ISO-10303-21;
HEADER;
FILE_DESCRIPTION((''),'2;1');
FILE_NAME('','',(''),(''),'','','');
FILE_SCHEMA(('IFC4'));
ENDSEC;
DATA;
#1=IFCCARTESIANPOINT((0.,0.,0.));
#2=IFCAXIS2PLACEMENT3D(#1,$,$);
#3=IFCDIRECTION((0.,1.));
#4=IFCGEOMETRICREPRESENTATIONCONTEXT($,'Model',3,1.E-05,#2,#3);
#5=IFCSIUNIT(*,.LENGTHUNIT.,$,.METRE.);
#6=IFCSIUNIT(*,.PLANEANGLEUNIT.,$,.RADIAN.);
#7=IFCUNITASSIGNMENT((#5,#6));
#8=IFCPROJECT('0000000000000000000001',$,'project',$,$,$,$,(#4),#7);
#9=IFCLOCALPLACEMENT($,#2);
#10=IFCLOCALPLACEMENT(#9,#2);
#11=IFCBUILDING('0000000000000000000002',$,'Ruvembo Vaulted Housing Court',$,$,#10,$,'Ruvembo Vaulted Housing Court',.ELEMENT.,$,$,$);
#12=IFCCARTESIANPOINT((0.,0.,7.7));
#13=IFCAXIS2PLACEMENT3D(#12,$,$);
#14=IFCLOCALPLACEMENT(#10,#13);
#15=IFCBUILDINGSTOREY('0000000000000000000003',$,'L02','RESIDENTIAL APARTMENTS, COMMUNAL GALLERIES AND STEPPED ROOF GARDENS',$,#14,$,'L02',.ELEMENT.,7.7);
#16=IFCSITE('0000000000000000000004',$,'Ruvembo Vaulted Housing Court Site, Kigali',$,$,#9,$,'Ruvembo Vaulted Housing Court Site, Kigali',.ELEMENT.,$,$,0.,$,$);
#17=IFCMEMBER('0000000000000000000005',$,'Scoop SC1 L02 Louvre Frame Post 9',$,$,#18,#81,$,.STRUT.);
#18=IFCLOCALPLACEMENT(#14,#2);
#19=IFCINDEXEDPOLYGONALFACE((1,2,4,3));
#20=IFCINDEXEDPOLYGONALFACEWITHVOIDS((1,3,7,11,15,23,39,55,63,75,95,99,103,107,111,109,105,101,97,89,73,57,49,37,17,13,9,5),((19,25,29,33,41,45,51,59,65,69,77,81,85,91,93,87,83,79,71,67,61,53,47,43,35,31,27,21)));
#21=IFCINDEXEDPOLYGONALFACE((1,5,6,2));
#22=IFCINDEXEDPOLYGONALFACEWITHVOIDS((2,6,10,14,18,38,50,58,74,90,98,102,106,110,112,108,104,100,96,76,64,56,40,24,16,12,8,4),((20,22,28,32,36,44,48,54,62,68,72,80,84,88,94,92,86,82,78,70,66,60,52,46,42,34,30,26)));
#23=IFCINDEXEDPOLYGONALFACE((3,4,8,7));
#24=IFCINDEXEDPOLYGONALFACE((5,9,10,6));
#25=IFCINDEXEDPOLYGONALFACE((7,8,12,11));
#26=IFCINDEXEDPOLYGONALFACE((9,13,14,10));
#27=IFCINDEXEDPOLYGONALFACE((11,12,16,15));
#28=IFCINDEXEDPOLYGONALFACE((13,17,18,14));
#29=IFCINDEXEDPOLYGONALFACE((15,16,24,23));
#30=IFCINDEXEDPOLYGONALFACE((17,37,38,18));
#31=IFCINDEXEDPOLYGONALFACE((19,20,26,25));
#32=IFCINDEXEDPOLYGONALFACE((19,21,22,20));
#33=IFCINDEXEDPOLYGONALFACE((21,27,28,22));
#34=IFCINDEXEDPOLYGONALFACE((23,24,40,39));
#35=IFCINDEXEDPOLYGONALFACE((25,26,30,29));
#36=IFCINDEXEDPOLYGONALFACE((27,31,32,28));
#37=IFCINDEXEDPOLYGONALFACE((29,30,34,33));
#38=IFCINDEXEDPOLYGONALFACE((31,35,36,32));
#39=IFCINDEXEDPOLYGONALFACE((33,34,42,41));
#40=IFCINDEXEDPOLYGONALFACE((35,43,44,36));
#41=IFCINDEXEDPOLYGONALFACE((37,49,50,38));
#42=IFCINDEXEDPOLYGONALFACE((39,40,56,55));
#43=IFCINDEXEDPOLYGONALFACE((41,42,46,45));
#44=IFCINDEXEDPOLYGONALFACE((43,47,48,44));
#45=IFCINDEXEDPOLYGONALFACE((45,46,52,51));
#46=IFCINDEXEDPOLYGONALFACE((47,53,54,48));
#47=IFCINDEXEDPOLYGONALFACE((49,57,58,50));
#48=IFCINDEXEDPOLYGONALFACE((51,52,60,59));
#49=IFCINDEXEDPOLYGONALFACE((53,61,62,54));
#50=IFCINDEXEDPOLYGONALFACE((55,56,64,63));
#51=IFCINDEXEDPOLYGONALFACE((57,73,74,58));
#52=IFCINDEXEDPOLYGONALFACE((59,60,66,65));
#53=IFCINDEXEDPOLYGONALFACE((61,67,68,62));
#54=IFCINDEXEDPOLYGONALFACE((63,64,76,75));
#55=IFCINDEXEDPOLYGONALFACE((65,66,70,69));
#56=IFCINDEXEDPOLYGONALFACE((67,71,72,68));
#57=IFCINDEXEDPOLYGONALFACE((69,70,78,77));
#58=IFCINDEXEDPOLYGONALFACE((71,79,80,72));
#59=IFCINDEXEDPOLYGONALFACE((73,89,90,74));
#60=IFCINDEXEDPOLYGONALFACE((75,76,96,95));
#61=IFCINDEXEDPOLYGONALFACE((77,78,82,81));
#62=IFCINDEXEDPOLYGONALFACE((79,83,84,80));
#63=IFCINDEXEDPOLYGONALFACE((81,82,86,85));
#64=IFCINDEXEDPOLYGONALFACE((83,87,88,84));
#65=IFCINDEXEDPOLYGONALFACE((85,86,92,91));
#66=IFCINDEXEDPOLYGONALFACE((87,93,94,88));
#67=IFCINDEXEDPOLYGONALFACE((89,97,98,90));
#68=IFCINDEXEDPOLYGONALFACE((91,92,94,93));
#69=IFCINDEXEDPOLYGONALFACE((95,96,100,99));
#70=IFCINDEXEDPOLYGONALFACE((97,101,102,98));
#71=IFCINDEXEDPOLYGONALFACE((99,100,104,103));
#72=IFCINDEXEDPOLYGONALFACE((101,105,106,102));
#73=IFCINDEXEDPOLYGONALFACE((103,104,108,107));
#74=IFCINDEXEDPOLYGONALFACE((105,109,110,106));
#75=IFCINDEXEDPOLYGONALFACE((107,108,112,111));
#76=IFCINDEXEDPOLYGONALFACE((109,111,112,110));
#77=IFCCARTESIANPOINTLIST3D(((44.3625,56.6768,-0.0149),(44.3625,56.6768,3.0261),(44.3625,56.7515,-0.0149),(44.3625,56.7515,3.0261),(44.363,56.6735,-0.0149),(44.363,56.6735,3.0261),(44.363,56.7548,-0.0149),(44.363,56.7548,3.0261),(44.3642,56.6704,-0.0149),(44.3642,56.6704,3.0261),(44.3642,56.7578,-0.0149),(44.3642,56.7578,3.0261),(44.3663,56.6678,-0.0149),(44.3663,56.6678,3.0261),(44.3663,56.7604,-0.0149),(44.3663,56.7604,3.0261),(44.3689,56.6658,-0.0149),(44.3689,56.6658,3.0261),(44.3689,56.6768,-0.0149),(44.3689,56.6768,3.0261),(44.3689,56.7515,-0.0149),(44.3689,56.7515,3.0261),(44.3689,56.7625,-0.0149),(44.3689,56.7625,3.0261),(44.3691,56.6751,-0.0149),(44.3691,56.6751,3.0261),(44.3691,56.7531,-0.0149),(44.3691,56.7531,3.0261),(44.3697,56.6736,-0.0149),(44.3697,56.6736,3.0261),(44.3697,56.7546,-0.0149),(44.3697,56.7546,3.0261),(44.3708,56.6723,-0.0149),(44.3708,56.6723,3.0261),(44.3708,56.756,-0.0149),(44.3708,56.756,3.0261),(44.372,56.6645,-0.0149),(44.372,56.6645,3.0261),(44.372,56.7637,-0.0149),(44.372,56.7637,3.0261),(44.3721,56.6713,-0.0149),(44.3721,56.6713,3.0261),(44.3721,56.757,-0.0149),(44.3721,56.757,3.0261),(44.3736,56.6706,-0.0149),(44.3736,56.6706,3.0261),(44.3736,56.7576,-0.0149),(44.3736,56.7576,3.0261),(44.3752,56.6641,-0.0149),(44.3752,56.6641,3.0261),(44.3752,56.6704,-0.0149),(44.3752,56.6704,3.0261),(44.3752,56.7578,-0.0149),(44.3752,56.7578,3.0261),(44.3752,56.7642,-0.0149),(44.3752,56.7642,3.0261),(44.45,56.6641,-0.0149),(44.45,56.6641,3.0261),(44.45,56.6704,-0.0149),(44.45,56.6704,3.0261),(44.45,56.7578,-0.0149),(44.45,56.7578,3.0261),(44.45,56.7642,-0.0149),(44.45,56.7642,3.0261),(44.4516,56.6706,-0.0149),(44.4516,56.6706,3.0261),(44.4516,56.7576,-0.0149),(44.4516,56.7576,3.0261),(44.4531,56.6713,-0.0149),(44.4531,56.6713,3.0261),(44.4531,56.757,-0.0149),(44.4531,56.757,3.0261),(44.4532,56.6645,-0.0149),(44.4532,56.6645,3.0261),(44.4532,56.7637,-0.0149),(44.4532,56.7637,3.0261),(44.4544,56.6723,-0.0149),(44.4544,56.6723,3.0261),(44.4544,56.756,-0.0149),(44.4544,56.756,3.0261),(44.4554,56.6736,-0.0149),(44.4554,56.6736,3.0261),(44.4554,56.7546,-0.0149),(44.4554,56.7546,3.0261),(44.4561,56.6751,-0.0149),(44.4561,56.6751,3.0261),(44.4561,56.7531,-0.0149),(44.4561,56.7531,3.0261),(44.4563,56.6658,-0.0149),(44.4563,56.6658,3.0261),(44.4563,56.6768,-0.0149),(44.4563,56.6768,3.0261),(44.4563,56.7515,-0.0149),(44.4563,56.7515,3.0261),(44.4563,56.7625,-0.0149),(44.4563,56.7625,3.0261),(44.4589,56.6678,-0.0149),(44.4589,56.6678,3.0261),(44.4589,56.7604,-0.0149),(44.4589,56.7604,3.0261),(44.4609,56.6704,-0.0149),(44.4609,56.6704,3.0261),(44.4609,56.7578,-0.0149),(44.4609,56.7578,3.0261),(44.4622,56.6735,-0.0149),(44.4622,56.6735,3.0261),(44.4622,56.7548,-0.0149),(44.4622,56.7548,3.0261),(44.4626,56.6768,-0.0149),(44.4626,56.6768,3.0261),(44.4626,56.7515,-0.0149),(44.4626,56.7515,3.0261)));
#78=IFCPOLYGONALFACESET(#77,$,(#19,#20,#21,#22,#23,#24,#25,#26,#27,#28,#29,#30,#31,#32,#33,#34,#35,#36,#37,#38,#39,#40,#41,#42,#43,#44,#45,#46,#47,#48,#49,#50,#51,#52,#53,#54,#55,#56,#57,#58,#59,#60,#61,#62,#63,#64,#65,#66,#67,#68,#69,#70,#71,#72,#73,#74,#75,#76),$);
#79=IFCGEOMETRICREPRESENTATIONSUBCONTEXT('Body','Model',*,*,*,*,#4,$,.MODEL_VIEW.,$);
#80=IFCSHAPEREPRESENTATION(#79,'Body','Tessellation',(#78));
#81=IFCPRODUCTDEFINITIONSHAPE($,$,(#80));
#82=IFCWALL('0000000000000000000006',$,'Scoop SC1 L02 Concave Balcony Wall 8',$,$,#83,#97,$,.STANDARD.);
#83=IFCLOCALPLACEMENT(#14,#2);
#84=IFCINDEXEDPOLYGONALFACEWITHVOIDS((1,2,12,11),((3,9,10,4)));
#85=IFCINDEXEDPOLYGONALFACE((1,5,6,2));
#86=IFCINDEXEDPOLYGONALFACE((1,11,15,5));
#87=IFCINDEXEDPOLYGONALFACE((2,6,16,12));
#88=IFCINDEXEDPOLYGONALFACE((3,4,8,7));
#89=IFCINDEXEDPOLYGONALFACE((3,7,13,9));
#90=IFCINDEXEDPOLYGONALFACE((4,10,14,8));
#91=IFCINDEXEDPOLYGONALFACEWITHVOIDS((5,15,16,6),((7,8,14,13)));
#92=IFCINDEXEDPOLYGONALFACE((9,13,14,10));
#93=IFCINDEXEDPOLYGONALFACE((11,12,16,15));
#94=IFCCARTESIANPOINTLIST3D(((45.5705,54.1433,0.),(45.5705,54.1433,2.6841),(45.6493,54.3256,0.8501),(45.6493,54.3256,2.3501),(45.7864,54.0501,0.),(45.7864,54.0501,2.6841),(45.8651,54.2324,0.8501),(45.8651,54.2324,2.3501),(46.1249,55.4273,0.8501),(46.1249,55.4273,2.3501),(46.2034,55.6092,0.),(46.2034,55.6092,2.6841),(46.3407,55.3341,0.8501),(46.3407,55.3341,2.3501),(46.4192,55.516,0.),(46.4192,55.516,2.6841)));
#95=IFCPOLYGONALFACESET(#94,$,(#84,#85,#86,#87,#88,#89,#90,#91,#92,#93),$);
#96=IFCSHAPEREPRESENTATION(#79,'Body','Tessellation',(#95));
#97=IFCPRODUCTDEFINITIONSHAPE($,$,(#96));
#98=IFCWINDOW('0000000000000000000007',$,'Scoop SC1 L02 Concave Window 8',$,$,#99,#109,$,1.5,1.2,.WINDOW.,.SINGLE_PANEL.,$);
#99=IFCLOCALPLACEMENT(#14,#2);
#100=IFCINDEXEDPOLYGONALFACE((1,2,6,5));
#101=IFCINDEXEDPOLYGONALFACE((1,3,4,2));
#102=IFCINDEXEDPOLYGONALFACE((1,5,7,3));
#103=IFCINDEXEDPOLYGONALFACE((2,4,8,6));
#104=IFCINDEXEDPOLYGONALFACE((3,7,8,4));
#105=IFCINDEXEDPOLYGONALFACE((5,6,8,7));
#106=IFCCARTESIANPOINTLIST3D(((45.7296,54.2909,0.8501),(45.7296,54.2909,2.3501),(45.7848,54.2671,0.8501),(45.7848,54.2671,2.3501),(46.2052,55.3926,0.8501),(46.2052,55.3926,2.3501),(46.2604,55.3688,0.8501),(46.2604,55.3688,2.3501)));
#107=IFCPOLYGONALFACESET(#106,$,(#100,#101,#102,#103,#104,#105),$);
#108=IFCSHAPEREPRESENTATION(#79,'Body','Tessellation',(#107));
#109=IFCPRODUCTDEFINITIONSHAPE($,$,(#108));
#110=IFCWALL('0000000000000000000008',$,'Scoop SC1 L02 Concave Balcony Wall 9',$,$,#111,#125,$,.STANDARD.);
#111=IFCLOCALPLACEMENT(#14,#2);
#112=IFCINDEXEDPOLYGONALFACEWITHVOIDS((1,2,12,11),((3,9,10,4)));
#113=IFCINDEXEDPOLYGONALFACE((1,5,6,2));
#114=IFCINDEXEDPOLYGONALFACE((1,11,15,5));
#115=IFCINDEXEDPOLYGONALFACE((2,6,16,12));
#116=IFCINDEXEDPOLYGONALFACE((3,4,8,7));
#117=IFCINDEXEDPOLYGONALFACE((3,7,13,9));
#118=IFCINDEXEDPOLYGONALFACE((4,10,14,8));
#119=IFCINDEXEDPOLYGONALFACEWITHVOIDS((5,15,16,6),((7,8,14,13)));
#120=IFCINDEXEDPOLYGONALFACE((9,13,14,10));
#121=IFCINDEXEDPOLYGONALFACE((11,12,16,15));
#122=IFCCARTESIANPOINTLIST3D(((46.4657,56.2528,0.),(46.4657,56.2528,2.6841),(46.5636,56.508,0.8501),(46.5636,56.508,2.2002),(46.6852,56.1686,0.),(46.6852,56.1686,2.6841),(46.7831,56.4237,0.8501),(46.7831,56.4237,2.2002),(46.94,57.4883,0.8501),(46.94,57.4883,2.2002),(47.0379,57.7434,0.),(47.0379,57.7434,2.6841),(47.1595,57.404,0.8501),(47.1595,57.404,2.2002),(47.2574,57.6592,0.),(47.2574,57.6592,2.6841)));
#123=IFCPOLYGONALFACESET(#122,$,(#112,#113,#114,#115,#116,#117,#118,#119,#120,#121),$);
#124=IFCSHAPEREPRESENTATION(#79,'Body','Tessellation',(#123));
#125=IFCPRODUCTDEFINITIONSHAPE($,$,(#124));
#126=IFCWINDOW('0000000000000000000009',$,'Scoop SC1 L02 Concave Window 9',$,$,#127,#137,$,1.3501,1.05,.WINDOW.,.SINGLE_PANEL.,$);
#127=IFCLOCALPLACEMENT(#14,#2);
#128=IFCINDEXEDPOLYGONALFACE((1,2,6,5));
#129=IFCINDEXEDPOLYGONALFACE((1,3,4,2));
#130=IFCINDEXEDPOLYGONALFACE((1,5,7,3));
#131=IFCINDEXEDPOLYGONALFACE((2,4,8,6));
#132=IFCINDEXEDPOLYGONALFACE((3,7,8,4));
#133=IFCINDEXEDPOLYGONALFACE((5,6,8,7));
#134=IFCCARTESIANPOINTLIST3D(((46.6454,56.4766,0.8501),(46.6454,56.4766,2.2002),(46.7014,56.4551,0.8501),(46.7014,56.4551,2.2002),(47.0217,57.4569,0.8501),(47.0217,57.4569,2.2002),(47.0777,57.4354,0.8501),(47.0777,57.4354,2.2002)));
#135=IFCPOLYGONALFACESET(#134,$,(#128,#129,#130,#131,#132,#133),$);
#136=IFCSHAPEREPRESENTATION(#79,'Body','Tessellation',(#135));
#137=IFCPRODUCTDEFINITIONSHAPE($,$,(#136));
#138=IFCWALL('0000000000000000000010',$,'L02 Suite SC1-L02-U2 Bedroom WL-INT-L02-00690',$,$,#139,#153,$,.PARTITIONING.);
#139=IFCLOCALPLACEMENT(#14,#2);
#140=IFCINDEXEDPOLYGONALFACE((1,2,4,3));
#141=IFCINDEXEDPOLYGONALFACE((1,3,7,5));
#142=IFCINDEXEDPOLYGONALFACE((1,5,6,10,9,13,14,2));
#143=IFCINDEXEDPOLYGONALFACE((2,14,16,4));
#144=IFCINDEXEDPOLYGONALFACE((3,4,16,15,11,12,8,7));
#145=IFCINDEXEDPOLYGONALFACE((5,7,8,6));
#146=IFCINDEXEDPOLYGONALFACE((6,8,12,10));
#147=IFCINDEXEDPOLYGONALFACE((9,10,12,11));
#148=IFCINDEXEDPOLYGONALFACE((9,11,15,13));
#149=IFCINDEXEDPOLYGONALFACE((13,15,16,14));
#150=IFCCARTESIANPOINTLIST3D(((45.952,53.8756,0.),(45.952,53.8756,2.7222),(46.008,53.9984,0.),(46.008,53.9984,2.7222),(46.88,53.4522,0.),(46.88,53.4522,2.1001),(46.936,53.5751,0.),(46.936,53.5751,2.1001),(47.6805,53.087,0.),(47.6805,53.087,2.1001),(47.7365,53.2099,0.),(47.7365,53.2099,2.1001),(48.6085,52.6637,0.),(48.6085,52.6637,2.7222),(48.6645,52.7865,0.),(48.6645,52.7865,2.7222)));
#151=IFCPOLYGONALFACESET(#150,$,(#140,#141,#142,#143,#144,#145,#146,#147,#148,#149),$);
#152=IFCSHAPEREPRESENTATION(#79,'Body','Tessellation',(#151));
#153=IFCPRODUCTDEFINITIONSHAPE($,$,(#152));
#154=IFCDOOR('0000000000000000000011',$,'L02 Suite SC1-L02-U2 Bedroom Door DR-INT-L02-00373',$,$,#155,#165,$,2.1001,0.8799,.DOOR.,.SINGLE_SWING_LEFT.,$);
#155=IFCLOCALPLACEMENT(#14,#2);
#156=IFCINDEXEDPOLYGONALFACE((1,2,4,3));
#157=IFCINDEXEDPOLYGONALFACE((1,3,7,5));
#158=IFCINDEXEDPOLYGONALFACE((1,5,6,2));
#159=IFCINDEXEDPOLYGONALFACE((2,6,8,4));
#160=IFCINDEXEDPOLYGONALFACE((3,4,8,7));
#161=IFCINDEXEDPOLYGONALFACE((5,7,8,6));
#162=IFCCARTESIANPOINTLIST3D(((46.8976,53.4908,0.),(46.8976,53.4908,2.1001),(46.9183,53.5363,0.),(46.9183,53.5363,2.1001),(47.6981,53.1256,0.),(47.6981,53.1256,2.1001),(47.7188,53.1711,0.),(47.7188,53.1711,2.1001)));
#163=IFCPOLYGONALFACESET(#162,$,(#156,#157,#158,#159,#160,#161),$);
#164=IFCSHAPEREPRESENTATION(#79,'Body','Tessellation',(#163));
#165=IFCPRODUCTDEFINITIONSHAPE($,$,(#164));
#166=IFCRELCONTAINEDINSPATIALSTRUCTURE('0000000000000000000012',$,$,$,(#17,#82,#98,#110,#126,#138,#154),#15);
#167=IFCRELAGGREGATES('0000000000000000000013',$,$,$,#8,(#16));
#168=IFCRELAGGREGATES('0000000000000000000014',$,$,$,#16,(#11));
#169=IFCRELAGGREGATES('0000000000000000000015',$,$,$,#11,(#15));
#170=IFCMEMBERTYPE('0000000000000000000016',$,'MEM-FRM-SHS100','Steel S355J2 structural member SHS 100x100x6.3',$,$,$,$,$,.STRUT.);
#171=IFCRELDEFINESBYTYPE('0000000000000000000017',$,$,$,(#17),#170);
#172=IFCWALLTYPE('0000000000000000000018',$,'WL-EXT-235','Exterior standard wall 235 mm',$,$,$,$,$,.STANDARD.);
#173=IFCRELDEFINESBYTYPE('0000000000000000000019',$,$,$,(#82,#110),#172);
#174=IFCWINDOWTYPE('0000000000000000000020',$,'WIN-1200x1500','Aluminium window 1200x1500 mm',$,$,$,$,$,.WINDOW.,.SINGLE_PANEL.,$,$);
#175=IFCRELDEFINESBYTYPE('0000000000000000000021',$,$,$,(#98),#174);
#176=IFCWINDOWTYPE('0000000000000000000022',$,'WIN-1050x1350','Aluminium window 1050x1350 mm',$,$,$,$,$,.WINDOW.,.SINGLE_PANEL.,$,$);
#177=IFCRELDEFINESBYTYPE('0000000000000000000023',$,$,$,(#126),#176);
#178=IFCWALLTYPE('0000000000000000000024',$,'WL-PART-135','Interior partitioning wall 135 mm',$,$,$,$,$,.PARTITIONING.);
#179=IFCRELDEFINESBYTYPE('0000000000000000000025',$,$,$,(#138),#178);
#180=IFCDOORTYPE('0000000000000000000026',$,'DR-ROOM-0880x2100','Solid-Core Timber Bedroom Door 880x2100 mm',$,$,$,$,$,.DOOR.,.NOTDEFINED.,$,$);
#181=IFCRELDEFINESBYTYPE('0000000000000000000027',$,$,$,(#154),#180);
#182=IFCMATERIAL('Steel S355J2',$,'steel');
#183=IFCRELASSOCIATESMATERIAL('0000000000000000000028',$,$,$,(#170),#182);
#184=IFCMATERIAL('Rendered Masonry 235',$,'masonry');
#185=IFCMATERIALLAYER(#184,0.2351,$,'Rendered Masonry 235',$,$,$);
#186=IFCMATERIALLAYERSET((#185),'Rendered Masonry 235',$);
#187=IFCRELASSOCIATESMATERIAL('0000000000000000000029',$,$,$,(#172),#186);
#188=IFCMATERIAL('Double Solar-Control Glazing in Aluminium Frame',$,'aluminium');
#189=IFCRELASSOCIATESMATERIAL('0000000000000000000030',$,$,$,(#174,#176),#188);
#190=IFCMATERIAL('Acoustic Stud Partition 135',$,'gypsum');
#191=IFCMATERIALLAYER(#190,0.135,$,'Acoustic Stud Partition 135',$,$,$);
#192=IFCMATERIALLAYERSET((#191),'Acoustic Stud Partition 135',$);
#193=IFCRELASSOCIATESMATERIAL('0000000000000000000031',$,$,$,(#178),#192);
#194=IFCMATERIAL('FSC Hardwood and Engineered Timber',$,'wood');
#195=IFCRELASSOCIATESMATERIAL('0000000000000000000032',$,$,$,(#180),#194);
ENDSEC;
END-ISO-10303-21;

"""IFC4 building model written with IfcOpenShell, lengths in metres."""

from ifc_helpers import new_model, si_unit, direction, frame, frame_2d, origin, origin_2d, place, context, subcontext, project, spatial, rectangle, hollow_rectangle, extrude, material, layer, layer_set, material_profile, profile_set, type_object, element, fill, save


model = new_model("IFC4")

# Units and contexts
model_context = context("Model", 3, precision=1e-05, world=origin(), true_north=direction((0.0, 1.0)))
body_context = subcontext(model_context, "Body", "Model", "MODEL_VIEW")
ifc_project = project(units=[si_unit("LENGTHUNIT", "METRE"), si_unit("PLANEANGLEUNIT", "RADIAN")], contexts=[model_context])

# Site, building, storey
site_placement = place(None, origin())
site = spatial("IfcSite", under=ifc_project, at=site_placement, Name="Ruvembo Vaulted Housing Court Site, Kigali", LongName="Ruvembo Vaulted Housing Court Site, Kigali", CompositionType="ELEMENT", RefElevation=0.0)
building_placement = place(site_placement, origin())
building = spatial("IfcBuilding", under=site, at=building_placement, Name="Ruvembo Vaulted Housing Court", LongName="Ruvembo Vaulted Housing Court", CompositionType="ELEMENT")
storey_placement = place(building_placement, frame((0.0, 0.0, 7.7)))
storey = spatial("IfcBuildingStorey", under=building, at=storey_placement, Name="L02", Description="RESIDENTIAL APARTMENTS, COMMUNAL GALLERIES AND STEPPED ROOF GARDENS", LongName="L02", CompositionType="ELEMENT", Elevation=7.7)

# Shared definitions
ifc_material_1 = material(Name="Steel S355J2", Category="steel")

# Member
ifc_material_profile_1 = material_profile(ifc_material_1, hollow_rectangle(XDim=0.1001, YDim=0.1001, WallThickness=0.0063, InnerFilletRadius=0.0063, OuterFilletRadius=0.0127, at=origin_2d()), Name="SHS 100x100x6.3")
ifc_profile_set_1 = profile_set([ifc_material_profile_1], Name="Steel S355J2")
member_type_1 = type_object("IfcMemberType", Name="MEM-FRM-SHS100", Description="Steel S355J2 structural member SHS 100x100x6.3", PredefinedType="STRUT", material=ifc_profile_set_1)
for number, where, z_axis, x_axis, name in (
    (1, (44.4126, 56.7141, -0.0149), (0.0, 0.0, 1.0), (1.0, 0.0, 0.0), "Scoop SC1 L02 Louvre Frame Post 9"),
):
    element("IfcMember", number, at=place(storey_placement, frame(where, z_axis=z_axis, x_axis=x_axis)), inside=storey, type_object=member_type_1, Name=name, PredefinedType="STRUT", context=body_context, shape_type="SweptSolid", body=[
        extrude(hollow_rectangle(XDim=0.1001, YDim=0.1001, WallThickness=0.0063, InnerFilletRadius=0.0063, OuterFilletRadius=0.0127, at=origin_2d()), origin(), (0.0, 0.0, 1.0), 3.041),
    ])

# Walls, openings, windows
ifc_material_2 = material(Name="Rendered Masonry 235", Category="masonry")
ifc_layer_1 = layer(ifc_material_2, 0.2351, Name="Rendered Masonry 235")
ifc_layer_set_1 = layer_set([ifc_layer_1], Name="Rendered Masonry 235")
wall_type_1 = type_object("IfcWallType", Name="WL-EXT-235", Description="Exterior standard wall 235 mm", PredefinedType="STANDARD", material=ifc_layer_set_1)
wall_1_placement = place(storey_placement, frame((45.6785, 54.0967, 0.0), z_axis=(0.0, 0.0, 1.0), x_axis=(0.396354, 0.918098, 0.0)))
wall_1 = element("IfcWall", 2, at=wall_1_placement, inside=storey, type_object=wall_type_1, Name="Scoop SC1 L02 Concave Balcony Wall 8", PredefinedType="STANDARD", context=body_context, shape_type="SweptSolid", body=[
    extrude(rectangle(XDim=1.5967, YDim=0.2351, at=frame_2d((0.7983, 0.0))), origin(), (0.0, 0.0, 1.0), 2.6841),
])
opening_1_placement = place(wall_1_placement, frame((0.1985, 0.0, 0.8501)))
opening_1 = element("IfcOpeningElement", 3, at=opening_1_placement, cuts=wall_1, PredefinedType="OPENING", context=body_context, shape_type="SweptSolid", body=[
    extrude(rectangle(XDim=1.2, YDim=1.5, at=frame_2d((0.6001, 0.75))), frame((0.0, 0.1274, 0.0), z_axis=(0.0, -1.0, 0.0), x_axis=(1.0, 0.0, 0.0)), (0.0, 0.0, 1.0), 0.2551),
])
ifc_material_3 = material(Name="Double Solar-Control Glazing in Aluminium Frame", Category="aluminium")
window_type_1 = type_object("IfcWindowType", Name="WIN-1200x1500", Description="Aluminium window 1200x1500 mm", PartitioningType="SINGLE_PANEL", PredefinedType="WINDOW", material=ifc_material_3)
window_1_placement = place(opening_1_placement, origin())
window_1 = element("IfcWindow", 4, at=window_1_placement, inside=storey, type_object=window_type_1, Name="Scoop SC1 L02 Concave Window 8", OverallHeight=1.5, OverallWidth=1.2, PartitioningType="SINGLE_PANEL", PredefinedType="WINDOW", context=body_context, shape_type="SweptSolid", body=[
    extrude(rectangle(XDim=1.2, YDim=1.5, at=frame_2d((0.6001, 0.75))), frame((0.0, 0.03, 0.0), z_axis=(0.0, -1.0, 0.0), x_axis=(1.0, 0.0, 0.0)), (0.0, 0.0, 1.0), 0.0601),
])
fill(opening_1, window_1)
wall_2_placement = place(storey_placement, frame((46.5754, 56.2107, 0.0), z_axis=(0.0, 0.0, 1.0), x_axis=(0.358385, 0.933574, 0.0)))
wall_2 = element("IfcWall", 5, at=wall_2_placement, inside=storey, type_object=wall_type_1, Name="Scoop SC1 L02 Concave Balcony Wall 9", PredefinedType="STANDARD", context=body_context, shape_type="SweptSolid", body=[
    extrude(rectangle(XDim=1.5967, YDim=0.2351, at=frame_2d((0.7983, 0.0))), origin(), (0.0, 0.0, 1.0), 2.6841),
])
opening_2_placement = place(wall_2_placement, frame((0.2734, 0.0, 0.8501)))
opening_2 = element("IfcOpeningElement", 6, at=opening_2_placement, cuts=wall_2, PredefinedType="OPENING", context=body_context, shape_type="SweptSolid", body=[
    extrude(rectangle(XDim=1.05, YDim=1.3501, at=frame_2d((0.5249, 0.675))), frame((0.0, 0.1274, 0.0), z_axis=(0.0, -1.0, 0.0), x_axis=(1.0, 0.0, 0.0)), (0.0, 0.0, 1.0), 0.2551),
])
window_type_2 = type_object("IfcWindowType", Name="WIN-1050x1350", Description="Aluminium window 1050x1350 mm", PartitioningType="SINGLE_PANEL", PredefinedType="WINDOW", material=ifc_material_3)
window_2_placement = place(opening_2_placement, origin())
window_2 = element("IfcWindow", 7, at=window_2_placement, inside=storey, type_object=window_type_2, Name="Scoop SC1 L02 Concave Window 9", OverallHeight=1.3501, OverallWidth=1.05, PartitioningType="SINGLE_PANEL", PredefinedType="WINDOW", context=body_context, shape_type="SweptSolid", body=[
    extrude(rectangle(XDim=1.05, YDim=1.3501, at=frame_2d((0.5249, 0.675))), frame((0.0, 0.03, 0.0), z_axis=(0.0, -1.0, 0.0), x_axis=(1.0, 0.0, 0.0)), (0.0, 0.0, 1.0), 0.0601),
])
fill(opening_2, window_2)

# Wall, opening, door
ifc_material_4 = material(Name="Acoustic Stud Partition 135", Category="gypsum")
ifc_layer_2 = layer(ifc_material_4, 0.135, Name="Acoustic Stud Partition 135")
ifc_layer_set_2 = layer_set([ifc_layer_2], Name="Acoustic Stud Partition 135")
wall_type_2 = type_object("IfcWallType", Name="WL-PART-135", Description="Interior partitioning wall 135 mm", PredefinedType="PARTITIONING", material=ifc_layer_set_2)
wall_3_placement = place(storey_placement, frame((45.98, 53.937, 0.0), z_axis=(0.0, 0.0, 1.0), x_axis=(0.909796, -0.415056, 0.0)))
wall_3 = element("IfcWall", 8, at=wall_3_placement, inside=storey, type_object=wall_type_2, Name="L02 Suite SC1-L02-U2 Bedroom WL-INT-L02-00690", PredefinedType="PARTITIONING", context=body_context, shape_type="SweptSolid", body=[
    extrude(rectangle(XDim=2.9199, YDim=0.135, at=frame_2d((1.46, 0.0))), origin(), (0.0, 0.0, 1.0), 2.7222),
])
opening_3_placement = place(wall_3_placement, frame((1.02, 0.0, 0.0)))
opening_3 = element("IfcOpeningElement", 9, at=opening_3_placement, cuts=wall_3, PredefinedType="OPENING", context=body_context, shape_type="SweptSolid", body=[
    extrude(rectangle(XDim=0.8799, YDim=2.1001, at=frame_2d((0.4399, 1.05))), frame((0.0, 0.0774, 0.0), z_axis=(0.0, -1.0, 0.0), x_axis=(1.0, 0.0, 0.0)), (0.0, 0.0, 1.0), 0.155),
])
ifc_material_5 = material(Name="FSC Hardwood and Engineered Timber", Category="wood")
door_type = type_object("IfcDoorType", Name="DR-ROOM-0880x2100", Description="Solid-Core Timber Bedroom Door 880x2100 mm", OperationType="NOTDEFINED", PredefinedType="DOOR", material=ifc_material_5)
door_placement = place(opening_3_placement, origin())
door = element("IfcDoor", 10, at=door_placement, inside=storey, type_object=door_type, Name="L02 Suite SC1-L02-U2 Bedroom Door DR-INT-L02-00373", OperationType="SINGLE_SWING_LEFT", OverallHeight=2.1001, OverallWidth=0.8799, PredefinedType="DOOR", context=body_context, shape_type="SweptSolid", body=[
    extrude(rectangle(XDim=0.8799, YDim=2.1001, at=frame_2d((0.4399, 1.05))), frame((0.0, 0.0249, 0.0), z_axis=(0.0, -1.0, 0.0), x_axis=(1.0, 0.0, 0.0)), (0.0, 0.0, 1.0), 0.05),
])
fill(opening_3, door)

save(model, "model.ifc")
